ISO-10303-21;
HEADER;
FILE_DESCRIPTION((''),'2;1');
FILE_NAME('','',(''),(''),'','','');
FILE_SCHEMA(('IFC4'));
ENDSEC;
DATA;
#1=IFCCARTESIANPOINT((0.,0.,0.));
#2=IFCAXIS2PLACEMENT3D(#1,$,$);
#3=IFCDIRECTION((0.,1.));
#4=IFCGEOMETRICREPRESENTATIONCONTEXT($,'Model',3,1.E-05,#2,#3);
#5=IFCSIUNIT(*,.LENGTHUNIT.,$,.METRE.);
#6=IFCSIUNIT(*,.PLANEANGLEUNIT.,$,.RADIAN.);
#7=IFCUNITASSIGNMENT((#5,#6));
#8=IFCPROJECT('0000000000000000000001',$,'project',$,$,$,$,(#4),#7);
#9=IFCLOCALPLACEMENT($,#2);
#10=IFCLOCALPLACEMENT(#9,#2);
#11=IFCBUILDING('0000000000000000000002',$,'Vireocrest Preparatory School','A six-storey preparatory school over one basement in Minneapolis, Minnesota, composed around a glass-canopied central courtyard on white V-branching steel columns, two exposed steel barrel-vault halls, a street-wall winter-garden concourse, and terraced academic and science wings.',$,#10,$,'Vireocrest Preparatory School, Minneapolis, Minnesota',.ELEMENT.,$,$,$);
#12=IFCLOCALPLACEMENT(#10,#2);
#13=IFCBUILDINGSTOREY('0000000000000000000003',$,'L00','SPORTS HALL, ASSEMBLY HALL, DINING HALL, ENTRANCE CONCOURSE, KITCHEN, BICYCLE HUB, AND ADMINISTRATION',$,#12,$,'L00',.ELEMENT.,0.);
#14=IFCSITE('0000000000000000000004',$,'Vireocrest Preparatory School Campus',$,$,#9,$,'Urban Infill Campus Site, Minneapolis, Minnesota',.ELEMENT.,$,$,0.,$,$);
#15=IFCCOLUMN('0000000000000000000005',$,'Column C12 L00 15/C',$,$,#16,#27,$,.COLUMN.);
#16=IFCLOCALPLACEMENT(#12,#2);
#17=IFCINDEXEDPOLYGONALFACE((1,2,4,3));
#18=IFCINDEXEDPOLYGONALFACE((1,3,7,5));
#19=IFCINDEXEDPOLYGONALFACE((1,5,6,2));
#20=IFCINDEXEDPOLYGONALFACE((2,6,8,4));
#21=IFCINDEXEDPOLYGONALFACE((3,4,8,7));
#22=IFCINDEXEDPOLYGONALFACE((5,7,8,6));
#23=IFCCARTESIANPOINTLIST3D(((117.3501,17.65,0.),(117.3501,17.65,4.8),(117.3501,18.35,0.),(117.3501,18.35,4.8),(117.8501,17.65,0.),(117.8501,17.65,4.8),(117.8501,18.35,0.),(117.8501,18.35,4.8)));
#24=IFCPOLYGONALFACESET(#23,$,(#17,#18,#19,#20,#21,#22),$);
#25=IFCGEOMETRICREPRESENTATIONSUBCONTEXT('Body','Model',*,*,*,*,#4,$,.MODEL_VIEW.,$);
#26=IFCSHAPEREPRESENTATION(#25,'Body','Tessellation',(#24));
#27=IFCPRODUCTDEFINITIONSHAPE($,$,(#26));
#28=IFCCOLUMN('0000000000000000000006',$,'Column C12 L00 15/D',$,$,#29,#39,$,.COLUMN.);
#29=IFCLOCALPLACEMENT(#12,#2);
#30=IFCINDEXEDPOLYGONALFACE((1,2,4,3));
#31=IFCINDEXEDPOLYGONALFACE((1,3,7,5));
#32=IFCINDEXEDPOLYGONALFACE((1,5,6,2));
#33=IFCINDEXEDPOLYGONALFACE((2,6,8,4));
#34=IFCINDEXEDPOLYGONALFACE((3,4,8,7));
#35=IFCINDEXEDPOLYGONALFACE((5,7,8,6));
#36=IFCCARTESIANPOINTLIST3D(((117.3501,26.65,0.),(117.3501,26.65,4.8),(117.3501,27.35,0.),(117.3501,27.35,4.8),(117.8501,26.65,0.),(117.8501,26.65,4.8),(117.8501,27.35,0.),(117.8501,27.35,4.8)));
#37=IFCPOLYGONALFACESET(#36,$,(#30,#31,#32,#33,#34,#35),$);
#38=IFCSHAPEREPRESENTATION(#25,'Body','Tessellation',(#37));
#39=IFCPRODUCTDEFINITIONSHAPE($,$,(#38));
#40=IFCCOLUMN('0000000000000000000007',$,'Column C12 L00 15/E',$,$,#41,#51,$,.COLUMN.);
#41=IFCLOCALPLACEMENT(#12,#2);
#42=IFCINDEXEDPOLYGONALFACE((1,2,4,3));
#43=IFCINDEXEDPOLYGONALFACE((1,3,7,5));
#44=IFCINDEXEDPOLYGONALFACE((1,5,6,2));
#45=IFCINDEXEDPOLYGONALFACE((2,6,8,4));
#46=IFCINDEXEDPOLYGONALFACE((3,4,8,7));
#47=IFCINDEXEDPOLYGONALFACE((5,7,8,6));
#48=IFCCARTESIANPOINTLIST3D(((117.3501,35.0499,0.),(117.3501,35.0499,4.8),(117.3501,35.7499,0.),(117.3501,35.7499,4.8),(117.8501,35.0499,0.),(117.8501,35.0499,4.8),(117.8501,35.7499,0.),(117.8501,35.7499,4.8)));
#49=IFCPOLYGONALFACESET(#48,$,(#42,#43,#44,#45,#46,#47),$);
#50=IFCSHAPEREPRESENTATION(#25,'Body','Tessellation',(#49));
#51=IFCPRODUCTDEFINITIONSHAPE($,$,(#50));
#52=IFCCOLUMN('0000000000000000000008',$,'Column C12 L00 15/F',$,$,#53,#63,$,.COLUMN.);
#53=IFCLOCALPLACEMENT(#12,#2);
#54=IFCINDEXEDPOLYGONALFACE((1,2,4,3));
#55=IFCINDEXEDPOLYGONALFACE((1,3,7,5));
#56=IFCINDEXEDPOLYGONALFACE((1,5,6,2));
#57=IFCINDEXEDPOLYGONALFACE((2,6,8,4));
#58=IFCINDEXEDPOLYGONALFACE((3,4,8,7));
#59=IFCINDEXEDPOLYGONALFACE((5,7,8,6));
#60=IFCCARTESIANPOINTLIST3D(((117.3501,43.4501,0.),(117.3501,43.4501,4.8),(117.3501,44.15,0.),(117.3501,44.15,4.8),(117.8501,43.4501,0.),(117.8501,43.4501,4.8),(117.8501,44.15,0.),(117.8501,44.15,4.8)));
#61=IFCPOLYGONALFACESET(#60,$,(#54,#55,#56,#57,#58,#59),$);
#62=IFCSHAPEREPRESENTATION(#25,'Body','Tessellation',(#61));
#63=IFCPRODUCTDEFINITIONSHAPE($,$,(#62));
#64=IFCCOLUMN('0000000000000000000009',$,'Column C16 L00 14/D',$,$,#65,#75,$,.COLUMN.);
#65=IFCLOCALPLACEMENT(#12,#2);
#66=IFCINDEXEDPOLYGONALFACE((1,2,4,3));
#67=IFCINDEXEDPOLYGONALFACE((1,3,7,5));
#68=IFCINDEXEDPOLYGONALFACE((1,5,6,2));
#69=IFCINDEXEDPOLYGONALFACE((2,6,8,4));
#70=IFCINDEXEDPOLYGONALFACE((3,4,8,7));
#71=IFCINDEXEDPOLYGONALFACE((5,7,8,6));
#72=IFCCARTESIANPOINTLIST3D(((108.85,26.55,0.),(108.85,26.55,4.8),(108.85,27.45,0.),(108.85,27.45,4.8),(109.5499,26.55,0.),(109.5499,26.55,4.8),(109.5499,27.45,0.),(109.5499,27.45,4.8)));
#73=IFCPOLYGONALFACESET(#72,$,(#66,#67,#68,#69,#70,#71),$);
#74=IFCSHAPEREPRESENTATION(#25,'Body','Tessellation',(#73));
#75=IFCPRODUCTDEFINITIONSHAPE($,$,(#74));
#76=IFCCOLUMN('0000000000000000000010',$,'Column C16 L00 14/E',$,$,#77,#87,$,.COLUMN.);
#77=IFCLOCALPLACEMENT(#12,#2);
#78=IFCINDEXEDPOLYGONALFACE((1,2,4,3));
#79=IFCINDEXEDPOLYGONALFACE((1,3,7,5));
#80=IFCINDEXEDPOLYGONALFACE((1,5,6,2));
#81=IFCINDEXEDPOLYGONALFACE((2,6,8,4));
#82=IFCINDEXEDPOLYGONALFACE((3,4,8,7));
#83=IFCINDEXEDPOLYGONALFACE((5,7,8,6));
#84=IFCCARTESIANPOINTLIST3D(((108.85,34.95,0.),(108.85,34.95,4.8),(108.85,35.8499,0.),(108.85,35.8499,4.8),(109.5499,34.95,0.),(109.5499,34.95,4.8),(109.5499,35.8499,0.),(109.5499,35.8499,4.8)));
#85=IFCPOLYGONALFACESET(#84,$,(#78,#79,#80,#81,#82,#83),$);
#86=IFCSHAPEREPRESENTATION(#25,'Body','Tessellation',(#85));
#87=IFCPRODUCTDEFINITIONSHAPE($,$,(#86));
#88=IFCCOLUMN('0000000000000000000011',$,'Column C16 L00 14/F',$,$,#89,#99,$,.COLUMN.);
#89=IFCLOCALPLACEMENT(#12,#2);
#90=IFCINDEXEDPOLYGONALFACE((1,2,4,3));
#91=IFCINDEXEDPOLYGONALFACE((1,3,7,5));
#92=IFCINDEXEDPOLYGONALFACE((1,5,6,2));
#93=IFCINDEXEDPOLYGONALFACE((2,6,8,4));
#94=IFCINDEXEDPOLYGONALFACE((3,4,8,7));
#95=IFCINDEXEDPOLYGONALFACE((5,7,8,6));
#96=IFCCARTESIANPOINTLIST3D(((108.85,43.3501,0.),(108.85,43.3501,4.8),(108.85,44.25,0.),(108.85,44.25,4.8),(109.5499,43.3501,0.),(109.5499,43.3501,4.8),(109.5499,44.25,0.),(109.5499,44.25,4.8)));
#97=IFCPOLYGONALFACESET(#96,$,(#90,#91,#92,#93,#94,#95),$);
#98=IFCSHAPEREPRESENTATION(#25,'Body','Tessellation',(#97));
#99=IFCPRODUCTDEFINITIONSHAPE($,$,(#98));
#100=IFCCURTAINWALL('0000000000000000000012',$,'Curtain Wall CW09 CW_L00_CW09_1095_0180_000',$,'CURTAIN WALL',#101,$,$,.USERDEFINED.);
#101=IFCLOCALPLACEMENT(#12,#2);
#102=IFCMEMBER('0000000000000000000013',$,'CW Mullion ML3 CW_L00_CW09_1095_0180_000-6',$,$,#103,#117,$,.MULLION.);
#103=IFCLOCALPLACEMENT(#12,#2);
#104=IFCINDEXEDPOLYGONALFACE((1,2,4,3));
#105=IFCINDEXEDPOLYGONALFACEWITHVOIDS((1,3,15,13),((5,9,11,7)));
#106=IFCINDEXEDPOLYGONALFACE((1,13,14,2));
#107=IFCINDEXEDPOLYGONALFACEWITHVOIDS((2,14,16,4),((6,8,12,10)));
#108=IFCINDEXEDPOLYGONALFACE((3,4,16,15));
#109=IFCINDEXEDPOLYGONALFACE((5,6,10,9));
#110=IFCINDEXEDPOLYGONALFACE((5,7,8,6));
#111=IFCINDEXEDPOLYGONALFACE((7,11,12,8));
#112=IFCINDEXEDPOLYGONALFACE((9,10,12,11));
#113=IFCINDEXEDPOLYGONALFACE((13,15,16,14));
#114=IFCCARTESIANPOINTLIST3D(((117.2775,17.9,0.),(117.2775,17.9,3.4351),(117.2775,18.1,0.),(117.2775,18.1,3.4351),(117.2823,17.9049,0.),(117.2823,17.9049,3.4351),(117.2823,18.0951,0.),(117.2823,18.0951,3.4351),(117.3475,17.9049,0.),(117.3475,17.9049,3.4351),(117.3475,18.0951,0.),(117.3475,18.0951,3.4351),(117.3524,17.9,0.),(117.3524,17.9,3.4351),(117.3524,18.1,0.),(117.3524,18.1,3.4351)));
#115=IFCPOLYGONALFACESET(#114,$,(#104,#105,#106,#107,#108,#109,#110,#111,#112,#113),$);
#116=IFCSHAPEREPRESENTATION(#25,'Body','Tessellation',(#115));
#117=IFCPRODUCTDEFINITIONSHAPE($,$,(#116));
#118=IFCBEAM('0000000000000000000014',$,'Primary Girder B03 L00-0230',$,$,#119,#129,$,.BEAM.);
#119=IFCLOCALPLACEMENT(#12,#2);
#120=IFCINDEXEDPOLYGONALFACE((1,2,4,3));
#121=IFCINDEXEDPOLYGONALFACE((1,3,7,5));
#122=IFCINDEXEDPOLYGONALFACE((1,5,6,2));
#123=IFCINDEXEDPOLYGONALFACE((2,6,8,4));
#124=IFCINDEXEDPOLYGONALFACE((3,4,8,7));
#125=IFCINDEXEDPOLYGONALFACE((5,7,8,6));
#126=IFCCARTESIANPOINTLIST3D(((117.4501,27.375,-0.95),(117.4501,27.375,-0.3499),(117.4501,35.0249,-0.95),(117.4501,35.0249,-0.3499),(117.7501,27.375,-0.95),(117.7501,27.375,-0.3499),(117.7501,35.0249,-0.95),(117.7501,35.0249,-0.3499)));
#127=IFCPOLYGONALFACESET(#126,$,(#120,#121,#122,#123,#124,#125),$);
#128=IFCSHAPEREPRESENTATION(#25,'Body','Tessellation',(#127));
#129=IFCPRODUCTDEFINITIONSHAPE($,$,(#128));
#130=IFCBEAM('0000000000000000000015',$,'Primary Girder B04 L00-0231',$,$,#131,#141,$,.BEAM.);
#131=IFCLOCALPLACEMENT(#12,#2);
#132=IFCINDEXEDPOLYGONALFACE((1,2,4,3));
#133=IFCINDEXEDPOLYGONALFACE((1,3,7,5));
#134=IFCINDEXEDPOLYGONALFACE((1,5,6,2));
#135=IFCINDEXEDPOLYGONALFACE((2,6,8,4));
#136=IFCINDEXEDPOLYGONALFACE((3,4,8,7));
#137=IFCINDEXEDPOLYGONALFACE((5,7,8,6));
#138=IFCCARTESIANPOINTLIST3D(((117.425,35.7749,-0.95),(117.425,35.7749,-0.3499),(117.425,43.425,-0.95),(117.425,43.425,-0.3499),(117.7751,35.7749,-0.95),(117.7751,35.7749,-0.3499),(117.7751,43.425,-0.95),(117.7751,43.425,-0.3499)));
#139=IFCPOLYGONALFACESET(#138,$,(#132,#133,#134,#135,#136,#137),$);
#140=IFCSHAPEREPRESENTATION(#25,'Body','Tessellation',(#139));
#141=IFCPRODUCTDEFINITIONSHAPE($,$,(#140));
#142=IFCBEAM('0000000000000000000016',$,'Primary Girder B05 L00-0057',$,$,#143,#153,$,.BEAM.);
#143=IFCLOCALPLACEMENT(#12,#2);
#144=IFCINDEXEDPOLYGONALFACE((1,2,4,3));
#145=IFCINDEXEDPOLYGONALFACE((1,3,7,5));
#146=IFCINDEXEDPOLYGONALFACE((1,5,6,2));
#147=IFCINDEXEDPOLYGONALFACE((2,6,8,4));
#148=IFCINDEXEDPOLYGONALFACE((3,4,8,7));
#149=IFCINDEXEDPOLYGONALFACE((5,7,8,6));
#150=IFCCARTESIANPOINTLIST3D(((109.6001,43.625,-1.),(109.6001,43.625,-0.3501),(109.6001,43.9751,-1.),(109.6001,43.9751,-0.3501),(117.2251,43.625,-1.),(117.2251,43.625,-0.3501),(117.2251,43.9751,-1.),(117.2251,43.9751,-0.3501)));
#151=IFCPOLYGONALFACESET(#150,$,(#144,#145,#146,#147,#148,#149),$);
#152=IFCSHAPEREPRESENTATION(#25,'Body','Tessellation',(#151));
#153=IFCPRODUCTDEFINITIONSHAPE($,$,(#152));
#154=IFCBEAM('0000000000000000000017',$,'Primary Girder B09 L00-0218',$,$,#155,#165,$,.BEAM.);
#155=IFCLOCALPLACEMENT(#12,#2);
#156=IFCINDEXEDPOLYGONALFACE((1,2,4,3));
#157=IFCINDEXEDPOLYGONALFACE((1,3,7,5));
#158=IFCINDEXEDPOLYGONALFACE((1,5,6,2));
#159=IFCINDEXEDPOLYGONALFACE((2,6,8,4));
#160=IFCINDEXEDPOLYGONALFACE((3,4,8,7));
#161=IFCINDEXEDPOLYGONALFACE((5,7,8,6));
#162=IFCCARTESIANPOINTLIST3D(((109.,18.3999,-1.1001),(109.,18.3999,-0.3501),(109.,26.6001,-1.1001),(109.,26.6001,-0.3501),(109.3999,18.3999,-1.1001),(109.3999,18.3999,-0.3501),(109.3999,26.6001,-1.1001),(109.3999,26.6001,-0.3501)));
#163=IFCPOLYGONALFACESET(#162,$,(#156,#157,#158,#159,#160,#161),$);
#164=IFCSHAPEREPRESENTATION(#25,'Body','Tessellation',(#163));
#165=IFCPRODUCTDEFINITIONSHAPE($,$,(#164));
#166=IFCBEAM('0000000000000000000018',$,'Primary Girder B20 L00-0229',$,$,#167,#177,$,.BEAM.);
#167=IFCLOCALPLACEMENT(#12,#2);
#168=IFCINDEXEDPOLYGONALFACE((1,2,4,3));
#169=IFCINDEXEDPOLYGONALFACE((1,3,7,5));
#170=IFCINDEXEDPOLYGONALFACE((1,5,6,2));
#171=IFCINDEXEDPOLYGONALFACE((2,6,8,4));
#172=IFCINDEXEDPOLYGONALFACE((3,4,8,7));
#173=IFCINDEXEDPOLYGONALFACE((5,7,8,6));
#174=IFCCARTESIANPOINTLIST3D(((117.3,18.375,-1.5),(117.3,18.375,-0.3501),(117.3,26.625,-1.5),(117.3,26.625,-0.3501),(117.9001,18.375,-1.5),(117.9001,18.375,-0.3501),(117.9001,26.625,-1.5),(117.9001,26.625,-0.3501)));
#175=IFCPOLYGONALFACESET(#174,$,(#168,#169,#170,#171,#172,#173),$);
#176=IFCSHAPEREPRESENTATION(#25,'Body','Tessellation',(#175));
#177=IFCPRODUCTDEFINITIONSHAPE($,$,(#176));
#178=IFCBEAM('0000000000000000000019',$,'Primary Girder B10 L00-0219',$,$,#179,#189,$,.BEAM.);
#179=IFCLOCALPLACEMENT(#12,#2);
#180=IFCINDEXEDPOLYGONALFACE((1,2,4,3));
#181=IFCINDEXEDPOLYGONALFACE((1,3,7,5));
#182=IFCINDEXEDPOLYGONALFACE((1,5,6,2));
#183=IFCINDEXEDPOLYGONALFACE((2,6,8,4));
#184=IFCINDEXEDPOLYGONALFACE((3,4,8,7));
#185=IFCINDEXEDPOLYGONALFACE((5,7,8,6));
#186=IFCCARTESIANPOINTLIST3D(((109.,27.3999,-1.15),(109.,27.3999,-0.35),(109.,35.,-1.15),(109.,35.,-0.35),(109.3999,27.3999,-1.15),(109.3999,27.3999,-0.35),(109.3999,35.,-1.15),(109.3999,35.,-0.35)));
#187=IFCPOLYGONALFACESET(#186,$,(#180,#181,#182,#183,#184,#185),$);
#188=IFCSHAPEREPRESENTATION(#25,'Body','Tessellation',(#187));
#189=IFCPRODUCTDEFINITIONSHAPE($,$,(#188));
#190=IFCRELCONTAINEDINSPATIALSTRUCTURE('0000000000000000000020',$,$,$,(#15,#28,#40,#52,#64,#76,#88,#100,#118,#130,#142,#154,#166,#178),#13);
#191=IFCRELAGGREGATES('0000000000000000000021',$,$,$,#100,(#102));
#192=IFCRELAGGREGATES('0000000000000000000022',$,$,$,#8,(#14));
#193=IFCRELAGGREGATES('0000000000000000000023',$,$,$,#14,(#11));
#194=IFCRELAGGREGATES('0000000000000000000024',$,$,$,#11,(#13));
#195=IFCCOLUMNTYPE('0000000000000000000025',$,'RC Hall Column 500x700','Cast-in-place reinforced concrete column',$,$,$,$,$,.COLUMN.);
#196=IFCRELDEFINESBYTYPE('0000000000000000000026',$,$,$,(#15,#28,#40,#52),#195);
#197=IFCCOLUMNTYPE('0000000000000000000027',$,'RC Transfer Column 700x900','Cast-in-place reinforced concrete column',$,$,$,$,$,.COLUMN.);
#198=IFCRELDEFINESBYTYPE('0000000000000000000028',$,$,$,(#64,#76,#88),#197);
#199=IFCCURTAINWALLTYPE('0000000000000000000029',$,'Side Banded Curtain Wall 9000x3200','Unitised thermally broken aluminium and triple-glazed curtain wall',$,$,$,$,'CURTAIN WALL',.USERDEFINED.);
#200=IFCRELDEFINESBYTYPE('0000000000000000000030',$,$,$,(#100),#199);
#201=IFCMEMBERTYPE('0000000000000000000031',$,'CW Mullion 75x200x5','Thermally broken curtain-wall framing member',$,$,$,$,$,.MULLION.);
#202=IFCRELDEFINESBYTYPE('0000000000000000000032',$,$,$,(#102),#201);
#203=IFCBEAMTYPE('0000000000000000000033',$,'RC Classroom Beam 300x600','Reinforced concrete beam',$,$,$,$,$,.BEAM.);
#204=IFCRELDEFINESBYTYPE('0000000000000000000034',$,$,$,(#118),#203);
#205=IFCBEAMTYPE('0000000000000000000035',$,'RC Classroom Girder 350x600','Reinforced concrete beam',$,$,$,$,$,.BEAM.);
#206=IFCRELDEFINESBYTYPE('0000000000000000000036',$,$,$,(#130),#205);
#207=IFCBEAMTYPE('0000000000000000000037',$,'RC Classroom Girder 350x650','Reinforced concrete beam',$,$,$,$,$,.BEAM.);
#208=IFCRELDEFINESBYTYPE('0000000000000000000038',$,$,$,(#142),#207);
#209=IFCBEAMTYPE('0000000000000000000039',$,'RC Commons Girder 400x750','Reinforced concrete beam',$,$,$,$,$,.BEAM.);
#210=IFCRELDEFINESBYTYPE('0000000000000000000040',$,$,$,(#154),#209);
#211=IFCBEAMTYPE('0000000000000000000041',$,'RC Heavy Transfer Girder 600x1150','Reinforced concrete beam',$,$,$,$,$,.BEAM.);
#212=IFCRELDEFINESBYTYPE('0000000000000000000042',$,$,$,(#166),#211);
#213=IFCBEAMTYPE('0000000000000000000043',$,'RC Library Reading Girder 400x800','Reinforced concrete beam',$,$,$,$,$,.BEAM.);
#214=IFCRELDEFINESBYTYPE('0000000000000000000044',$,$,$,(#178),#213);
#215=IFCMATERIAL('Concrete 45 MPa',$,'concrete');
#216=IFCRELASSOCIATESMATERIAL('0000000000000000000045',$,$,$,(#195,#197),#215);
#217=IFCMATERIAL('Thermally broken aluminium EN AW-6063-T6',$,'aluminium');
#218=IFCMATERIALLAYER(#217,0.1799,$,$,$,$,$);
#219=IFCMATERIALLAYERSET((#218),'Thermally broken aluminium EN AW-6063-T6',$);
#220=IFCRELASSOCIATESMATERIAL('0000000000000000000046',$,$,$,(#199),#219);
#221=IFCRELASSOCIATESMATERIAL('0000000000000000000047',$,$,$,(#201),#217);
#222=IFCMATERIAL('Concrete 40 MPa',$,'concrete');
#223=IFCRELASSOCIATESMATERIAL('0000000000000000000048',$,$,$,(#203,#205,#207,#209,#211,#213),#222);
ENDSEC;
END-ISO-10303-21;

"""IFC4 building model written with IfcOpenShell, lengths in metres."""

from ifc_helpers import new_model, si_unit, direction, frame, origin, origin_2d, place, context, subcontext, project, spatial, rectangle, hollow_rectangle, extrude, material, layer, layer_set, material_profile, profile_set, type_object, element, aggregate, save


model = new_model("IFC4")

# Units and contexts
model_context = context("Model", 3, precision=1e-05, world=origin(), true_north=direction((0.0, 1.0)))
body_context = subcontext(model_context, "Body", "Model", "MODEL_VIEW")
ifc_project = project(units=[si_unit("LENGTHUNIT", "METRE"), si_unit("PLANEANGLEUNIT", "RADIAN")], contexts=[model_context])

# Site, building, storey
site_placement = place(None, origin())
site = spatial("IfcSite", under=ifc_project, at=site_placement, Name="Vireocrest Preparatory School Campus", LongName="Urban Infill Campus Site, Minneapolis, Minnesota", CompositionType="ELEMENT", RefElevation=0.0)
building_placement = place(site_placement, origin())
building = spatial("IfcBuilding", under=site, at=building_placement, Name="Vireocrest Preparatory School", Description="A six-storey preparatory school over one basement in Minneapolis, Minnesota, composed around a glass-canopied central courtyard on white V-branching steel columns, two exposed steel barrel-vault halls, a street-wall winter-garden concourse, and terraced academic and science wings.", LongName="Vireocrest Preparatory School, Minneapolis, Minnesota", CompositionType="ELEMENT")
storey_placement = place(building_placement, origin())
storey = spatial("IfcBuildingStorey", under=building, at=storey_placement, Name="L00", Description="SPORTS HALL, ASSEMBLY HALL, DINING HALL, ENTRANCE CONCOURSE, KITCHEN, BICYCLE HUB, AND ADMINISTRATION", LongName="L00", CompositionType="ELEMENT", Elevation=0.0)

# Columns
ifc_material_1 = material(Name="Concrete 45 MPa", Category="concrete")
ifc_material_profile_1 = material_profile(ifc_material_1, rectangle(XDim=0.5, YDim=0.7, at=origin_2d()), Name="RC 500x700")
ifc_profile_set_1 = profile_set([ifc_material_profile_1], Name="Concrete 45 MPa")
column_type_1 = type_object("IfcColumnType", Name="RC Hall Column 500x700", Description="Cast-in-place reinforced concrete column", PredefinedType="COLUMN", material=ifc_profile_set_1)
for number, where, z_axis, x_axis, name in (
    (1, (117.6001, 18.0, 0.0), (0.0, 0.0, 1.0), (1.0, 0.0, 0.0), "Column C12 L00 15/C"),
    (2, (117.6001, 27.0, 0.0), (0.0, 0.0, 1.0), (1.0, 0.0, 0.0), "Column C12 L00 15/D"),
    (3, (117.6001, 35.3999, 0.0), (0.0, 0.0, 1.0), (1.0, 0.0, 0.0), "Column C12 L00 15/E"),
    (4, (117.6001, 43.8, 0.0), (0.0, 0.0, 1.0), (1.0, 0.0, 0.0), "Column C12 L00 15/F"),
):
    element("IfcColumn", number, at=place(storey_placement, frame(where, z_axis=z_axis, x_axis=x_axis)), inside=storey, type_object=column_type_1, Name=name, PredefinedType="COLUMN", context=body_context, shape_type="SweptSolid", body=[
        extrude(rectangle(XDim=0.5, YDim=0.7, at=origin_2d()), origin(), (0.0, 0.0, 1.0), 4.8),
    ])
ifc_material_profile_2 = material_profile(ifc_material_1, rectangle(XDim=0.7, YDim=0.8999, at=origin_2d()), Name="RC 700x900")
ifc_profile_set_2 = profile_set([ifc_material_profile_2], Name="Concrete 45 MPa")
column_type_2 = type_object("IfcColumnType", Name="RC Transfer Column 700x900", Description="Cast-in-place reinforced concrete column", PredefinedType="COLUMN", material=ifc_profile_set_2)
for number, where, z_axis, x_axis, name in (
    (5, (109.2, 27.0, 0.0), (0.0, 0.0, 1.0), (1.0, 0.0, 0.0), "Column C16 L00 14/D"),
    (6, (109.2, 35.3999, 0.0), (0.0, 0.0, 1.0), (1.0, 0.0, 0.0), "Column C16 L00 14/E"),
    (7, (109.2, 43.8, 0.0), (0.0, 0.0, 1.0), (1.0, 0.0, 0.0), "Column C16 L00 14/F"),
):
    element("IfcColumn", number, at=place(storey_placement, frame(where, z_axis=z_axis, x_axis=x_axis)), inside=storey, type_object=column_type_2, Name=name, PredefinedType="COLUMN", context=body_context, shape_type="SweptSolid", body=[
        extrude(rectangle(XDim=0.7, YDim=0.8999, at=origin_2d()), origin(), (0.0, 0.0, 1.0), 4.8),
    ])

# Curtain wall, member
ifc_material_2 = material(Name="Thermally broken aluminium EN AW-6063-T6", Category="aluminium")
ifc_layer_1 = layer(ifc_material_2, 0.1799)
ifc_layer_set_1 = layer_set([ifc_layer_1], Name="Thermally broken aluminium EN AW-6063-T6")
curtain_wall_type = type_object("IfcCurtainWallType", Name="Side Banded Curtain Wall 9000x3200", Description="Unitised thermally broken aluminium and triple-glazed curtain wall", ElementType="CURTAIN WALL", PredefinedType="USERDEFINED", material=ifc_layer_set_1)
curtain_wall_placement = place(storey_placement, origin())
curtain_wall = element("IfcCurtainWall", 8, at=curtain_wall_placement, inside=storey, type_object=curtain_wall_type, Name="Curtain Wall CW09 CW_L00_CW09_1095_0180_000", ObjectType="CURTAIN WALL", PredefinedType="USERDEFINED")
ifc_material_profile_3 = material_profile(ifc_material_2, hollow_rectangle(XDim=0.075, YDim=0.2, WallThickness=0.0049, at=origin_2d()), Name="ALU 75x200x5")
ifc_profile_set_3 = profile_set([ifc_material_profile_3], Name="Thermally broken aluminium EN AW-6063-T6")
member_type = type_object("IfcMemberType", Name="CW Mullion 75x200x5", Description="Thermally broken curtain-wall framing member", PredefinedType="MULLION", material=ifc_profile_set_3)
member_placement = place(storey_placement, frame((117.3149, 18.0, 0.0), z_axis=(0.0, 0.0, 1.0), x_axis=(1.0, 0.0, 0.0)))
member = element("IfcMember", 9, at=member_placement, type_object=member_type, Name="CW Mullion ML3 CW_L00_CW09_1095_0180_000-6", PredefinedType="MULLION", context=body_context, shape_type="SweptSolid", body=[
    extrude(hollow_rectangle(XDim=0.075, YDim=0.2, WallThickness=0.0049, at=origin_2d()), origin(), (0.0, 0.0, 1.0), 3.4351),
])

# Beams
ifc_material_3 = material(Name="Concrete 40 MPa", Category="concrete")
ifc_material_profile_4 = material_profile(ifc_material_3, rectangle(XDim=0.3, YDim=0.6001, at=origin_2d()), Name="RC 300x600")
ifc_profile_set_4 = profile_set([ifc_material_profile_4], Name="Concrete 40 MPa")
beam_type_1 = type_object("IfcBeamType", Name="RC Classroom Beam 300x600", Description="Reinforced concrete beam", PredefinedType="BEAM", material=ifc_profile_set_4)
beam_1_placement = place(storey_placement, frame((117.6001, 27.375, -0.6499), z_axis=(0.0, 1.0, 0.0), x_axis=(-1.0, 0.0, 0.0)))
element("IfcBeam", 10, at=beam_1_placement, inside=storey, type_object=beam_type_1, Name="Primary Girder B03 L00-0230", PredefinedType="BEAM", context=body_context, shape_type="SweptSolid", body=[
    extrude(rectangle(XDim=0.3, YDim=0.6001, at=origin_2d()), origin(), (0.0, 0.0, 1.0), 7.6499),
])
ifc_material_profile_5 = material_profile(ifc_material_3, rectangle(XDim=0.3501, YDim=0.6001, at=origin_2d()), Name="RC 350x600")
ifc_profile_set_5 = profile_set([ifc_material_profile_5], Name="Concrete 40 MPa")
beam_type_2 = type_object("IfcBeamType", Name="RC Classroom Girder 350x600", Description="Reinforced concrete beam", PredefinedType="BEAM", material=ifc_profile_set_5)
beam_2_placement = place(storey_placement, frame((117.6001, 35.7749, -0.6499), z_axis=(0.0, 1.0, 0.0), x_axis=(-1.0, 0.0, 0.0)))
element("IfcBeam", 11, at=beam_2_placement, inside=storey, type_object=beam_type_2, Name="Primary Girder B04 L00-0231", PredefinedType="BEAM", context=body_context, shape_type="SweptSolid", body=[
    extrude(rectangle(XDim=0.3501, YDim=0.6001, at=origin_2d()), origin(), (0.0, 0.0, 1.0), 7.6501),
])
ifc_material_profile_6 = material_profile(ifc_material_3, rectangle(XDim=0.3501, YDim=0.6499, at=origin_2d()), Name="RC 350x650")
ifc_profile_set_6 = profile_set([ifc_material_profile_6], Name="Concrete 40 MPa")
beam_type_3 = type_object("IfcBeamType", Name="RC Classroom Girder 350x650", Description="Reinforced concrete beam", PredefinedType="BEAM", material=ifc_profile_set_6)
beam_3_placement = place(storey_placement, frame((109.6001, 43.8, -0.675), z_axis=(1.0, 0.0, 0.0), x_axis=(0.0, 1.0, 0.0)))
element("IfcBeam", 12, at=beam_3_placement, inside=storey, type_object=beam_type_3, Name="Primary Girder B05 L00-0057", PredefinedType="BEAM", context=body_context, shape_type="SweptSolid", body=[
    extrude(rectangle(XDim=0.3501, YDim=0.6499, at=origin_2d()), origin(), (0.0, 0.0, 1.0), 7.625),
])
ifc_material_profile_7 = material_profile(ifc_material_3, rectangle(XDim=0.3999, YDim=0.75, at=origin_2d()), Name="RC 400x750")
ifc_profile_set_7 = profile_set([ifc_material_profile_7], Name="Concrete 40 MPa")
beam_type_4 = type_object("IfcBeamType", Name="RC Commons Girder 400x750", Description="Reinforced concrete beam", PredefinedType="BEAM", material=ifc_profile_set_7)
beam_4_placement = place(storey_placement, frame((109.2, 18.3999, -0.7251), z_axis=(0.0, 1.0, 0.0), x_axis=(-1.0, 0.0, 0.0)))
element("IfcBeam", 13, at=beam_4_placement, inside=storey, type_object=beam_type_4, Name="Primary Girder B09 L00-0218", PredefinedType="BEAM", context=body_context, shape_type="SweptSolid", body=[
    extrude(rectangle(XDim=0.3999, YDim=0.75, at=origin_2d()), origin(), (0.0, 0.0, 1.0), 8.2002),
])
ifc_material_profile_8 = material_profile(ifc_material_3, rectangle(XDim=0.6001, YDim=1.1499, at=origin_2d()), Name="RC 600x1150")
ifc_profile_set_8 = profile_set([ifc_material_profile_8], Name="Concrete 40 MPa")
beam_type_5 = type_object("IfcBeamType", Name="RC Heavy Transfer Girder 600x1150", Description="Reinforced concrete beam", PredefinedType="BEAM", material=ifc_profile_set_8)
beam_5_placement = place(storey_placement, frame((117.6001, 18.375, -0.925), z_axis=(0.0, 1.0, 0.0), x_axis=(-1.0, 0.0, 0.0)))
element("IfcBeam", 14, at=beam_5_placement, inside=storey, type_object=beam_type_5, Name="Primary Girder B20 L00-0229", PredefinedType="BEAM", context=body_context, shape_type="SweptSolid", body=[
    extrude(rectangle(XDim=0.6001, YDim=1.1499, at=origin_2d()), origin(), (0.0, 0.0, 1.0), 8.25),
])
ifc_material_profile_9 = material_profile(ifc_material_3, rectangle(XDim=0.3999, YDim=0.8, at=origin_2d()), Name="RC 400x800")
ifc_profile_set_9 = profile_set([ifc_material_profile_9], Name="Concrete 40 MPa")
beam_type_6 = type_object("IfcBeamType", Name="RC Library Reading Girder 400x800", Description="Reinforced concrete beam", PredefinedType="BEAM", material=ifc_profile_set_9)
beam_6_placement = place(storey_placement, frame((109.2, 27.3999, -0.75), z_axis=(0.0, 1.0, 0.0), x_axis=(-1.0, 0.0, 0.0)))
element("IfcBeam", 15, at=beam_6_placement, inside=storey, type_object=beam_type_6, Name="Primary Girder B10 L00-0219", PredefinedType="BEAM", context=body_context, shape_type="SweptSolid", body=[
    extrude(rectangle(XDim=0.3999, YDim=0.8, at=origin_2d()), origin(), (0.0, 0.0, 1.0), 7.6001),
])

aggregate(curtain_wall, [member])

save(model, "model.ifc")
